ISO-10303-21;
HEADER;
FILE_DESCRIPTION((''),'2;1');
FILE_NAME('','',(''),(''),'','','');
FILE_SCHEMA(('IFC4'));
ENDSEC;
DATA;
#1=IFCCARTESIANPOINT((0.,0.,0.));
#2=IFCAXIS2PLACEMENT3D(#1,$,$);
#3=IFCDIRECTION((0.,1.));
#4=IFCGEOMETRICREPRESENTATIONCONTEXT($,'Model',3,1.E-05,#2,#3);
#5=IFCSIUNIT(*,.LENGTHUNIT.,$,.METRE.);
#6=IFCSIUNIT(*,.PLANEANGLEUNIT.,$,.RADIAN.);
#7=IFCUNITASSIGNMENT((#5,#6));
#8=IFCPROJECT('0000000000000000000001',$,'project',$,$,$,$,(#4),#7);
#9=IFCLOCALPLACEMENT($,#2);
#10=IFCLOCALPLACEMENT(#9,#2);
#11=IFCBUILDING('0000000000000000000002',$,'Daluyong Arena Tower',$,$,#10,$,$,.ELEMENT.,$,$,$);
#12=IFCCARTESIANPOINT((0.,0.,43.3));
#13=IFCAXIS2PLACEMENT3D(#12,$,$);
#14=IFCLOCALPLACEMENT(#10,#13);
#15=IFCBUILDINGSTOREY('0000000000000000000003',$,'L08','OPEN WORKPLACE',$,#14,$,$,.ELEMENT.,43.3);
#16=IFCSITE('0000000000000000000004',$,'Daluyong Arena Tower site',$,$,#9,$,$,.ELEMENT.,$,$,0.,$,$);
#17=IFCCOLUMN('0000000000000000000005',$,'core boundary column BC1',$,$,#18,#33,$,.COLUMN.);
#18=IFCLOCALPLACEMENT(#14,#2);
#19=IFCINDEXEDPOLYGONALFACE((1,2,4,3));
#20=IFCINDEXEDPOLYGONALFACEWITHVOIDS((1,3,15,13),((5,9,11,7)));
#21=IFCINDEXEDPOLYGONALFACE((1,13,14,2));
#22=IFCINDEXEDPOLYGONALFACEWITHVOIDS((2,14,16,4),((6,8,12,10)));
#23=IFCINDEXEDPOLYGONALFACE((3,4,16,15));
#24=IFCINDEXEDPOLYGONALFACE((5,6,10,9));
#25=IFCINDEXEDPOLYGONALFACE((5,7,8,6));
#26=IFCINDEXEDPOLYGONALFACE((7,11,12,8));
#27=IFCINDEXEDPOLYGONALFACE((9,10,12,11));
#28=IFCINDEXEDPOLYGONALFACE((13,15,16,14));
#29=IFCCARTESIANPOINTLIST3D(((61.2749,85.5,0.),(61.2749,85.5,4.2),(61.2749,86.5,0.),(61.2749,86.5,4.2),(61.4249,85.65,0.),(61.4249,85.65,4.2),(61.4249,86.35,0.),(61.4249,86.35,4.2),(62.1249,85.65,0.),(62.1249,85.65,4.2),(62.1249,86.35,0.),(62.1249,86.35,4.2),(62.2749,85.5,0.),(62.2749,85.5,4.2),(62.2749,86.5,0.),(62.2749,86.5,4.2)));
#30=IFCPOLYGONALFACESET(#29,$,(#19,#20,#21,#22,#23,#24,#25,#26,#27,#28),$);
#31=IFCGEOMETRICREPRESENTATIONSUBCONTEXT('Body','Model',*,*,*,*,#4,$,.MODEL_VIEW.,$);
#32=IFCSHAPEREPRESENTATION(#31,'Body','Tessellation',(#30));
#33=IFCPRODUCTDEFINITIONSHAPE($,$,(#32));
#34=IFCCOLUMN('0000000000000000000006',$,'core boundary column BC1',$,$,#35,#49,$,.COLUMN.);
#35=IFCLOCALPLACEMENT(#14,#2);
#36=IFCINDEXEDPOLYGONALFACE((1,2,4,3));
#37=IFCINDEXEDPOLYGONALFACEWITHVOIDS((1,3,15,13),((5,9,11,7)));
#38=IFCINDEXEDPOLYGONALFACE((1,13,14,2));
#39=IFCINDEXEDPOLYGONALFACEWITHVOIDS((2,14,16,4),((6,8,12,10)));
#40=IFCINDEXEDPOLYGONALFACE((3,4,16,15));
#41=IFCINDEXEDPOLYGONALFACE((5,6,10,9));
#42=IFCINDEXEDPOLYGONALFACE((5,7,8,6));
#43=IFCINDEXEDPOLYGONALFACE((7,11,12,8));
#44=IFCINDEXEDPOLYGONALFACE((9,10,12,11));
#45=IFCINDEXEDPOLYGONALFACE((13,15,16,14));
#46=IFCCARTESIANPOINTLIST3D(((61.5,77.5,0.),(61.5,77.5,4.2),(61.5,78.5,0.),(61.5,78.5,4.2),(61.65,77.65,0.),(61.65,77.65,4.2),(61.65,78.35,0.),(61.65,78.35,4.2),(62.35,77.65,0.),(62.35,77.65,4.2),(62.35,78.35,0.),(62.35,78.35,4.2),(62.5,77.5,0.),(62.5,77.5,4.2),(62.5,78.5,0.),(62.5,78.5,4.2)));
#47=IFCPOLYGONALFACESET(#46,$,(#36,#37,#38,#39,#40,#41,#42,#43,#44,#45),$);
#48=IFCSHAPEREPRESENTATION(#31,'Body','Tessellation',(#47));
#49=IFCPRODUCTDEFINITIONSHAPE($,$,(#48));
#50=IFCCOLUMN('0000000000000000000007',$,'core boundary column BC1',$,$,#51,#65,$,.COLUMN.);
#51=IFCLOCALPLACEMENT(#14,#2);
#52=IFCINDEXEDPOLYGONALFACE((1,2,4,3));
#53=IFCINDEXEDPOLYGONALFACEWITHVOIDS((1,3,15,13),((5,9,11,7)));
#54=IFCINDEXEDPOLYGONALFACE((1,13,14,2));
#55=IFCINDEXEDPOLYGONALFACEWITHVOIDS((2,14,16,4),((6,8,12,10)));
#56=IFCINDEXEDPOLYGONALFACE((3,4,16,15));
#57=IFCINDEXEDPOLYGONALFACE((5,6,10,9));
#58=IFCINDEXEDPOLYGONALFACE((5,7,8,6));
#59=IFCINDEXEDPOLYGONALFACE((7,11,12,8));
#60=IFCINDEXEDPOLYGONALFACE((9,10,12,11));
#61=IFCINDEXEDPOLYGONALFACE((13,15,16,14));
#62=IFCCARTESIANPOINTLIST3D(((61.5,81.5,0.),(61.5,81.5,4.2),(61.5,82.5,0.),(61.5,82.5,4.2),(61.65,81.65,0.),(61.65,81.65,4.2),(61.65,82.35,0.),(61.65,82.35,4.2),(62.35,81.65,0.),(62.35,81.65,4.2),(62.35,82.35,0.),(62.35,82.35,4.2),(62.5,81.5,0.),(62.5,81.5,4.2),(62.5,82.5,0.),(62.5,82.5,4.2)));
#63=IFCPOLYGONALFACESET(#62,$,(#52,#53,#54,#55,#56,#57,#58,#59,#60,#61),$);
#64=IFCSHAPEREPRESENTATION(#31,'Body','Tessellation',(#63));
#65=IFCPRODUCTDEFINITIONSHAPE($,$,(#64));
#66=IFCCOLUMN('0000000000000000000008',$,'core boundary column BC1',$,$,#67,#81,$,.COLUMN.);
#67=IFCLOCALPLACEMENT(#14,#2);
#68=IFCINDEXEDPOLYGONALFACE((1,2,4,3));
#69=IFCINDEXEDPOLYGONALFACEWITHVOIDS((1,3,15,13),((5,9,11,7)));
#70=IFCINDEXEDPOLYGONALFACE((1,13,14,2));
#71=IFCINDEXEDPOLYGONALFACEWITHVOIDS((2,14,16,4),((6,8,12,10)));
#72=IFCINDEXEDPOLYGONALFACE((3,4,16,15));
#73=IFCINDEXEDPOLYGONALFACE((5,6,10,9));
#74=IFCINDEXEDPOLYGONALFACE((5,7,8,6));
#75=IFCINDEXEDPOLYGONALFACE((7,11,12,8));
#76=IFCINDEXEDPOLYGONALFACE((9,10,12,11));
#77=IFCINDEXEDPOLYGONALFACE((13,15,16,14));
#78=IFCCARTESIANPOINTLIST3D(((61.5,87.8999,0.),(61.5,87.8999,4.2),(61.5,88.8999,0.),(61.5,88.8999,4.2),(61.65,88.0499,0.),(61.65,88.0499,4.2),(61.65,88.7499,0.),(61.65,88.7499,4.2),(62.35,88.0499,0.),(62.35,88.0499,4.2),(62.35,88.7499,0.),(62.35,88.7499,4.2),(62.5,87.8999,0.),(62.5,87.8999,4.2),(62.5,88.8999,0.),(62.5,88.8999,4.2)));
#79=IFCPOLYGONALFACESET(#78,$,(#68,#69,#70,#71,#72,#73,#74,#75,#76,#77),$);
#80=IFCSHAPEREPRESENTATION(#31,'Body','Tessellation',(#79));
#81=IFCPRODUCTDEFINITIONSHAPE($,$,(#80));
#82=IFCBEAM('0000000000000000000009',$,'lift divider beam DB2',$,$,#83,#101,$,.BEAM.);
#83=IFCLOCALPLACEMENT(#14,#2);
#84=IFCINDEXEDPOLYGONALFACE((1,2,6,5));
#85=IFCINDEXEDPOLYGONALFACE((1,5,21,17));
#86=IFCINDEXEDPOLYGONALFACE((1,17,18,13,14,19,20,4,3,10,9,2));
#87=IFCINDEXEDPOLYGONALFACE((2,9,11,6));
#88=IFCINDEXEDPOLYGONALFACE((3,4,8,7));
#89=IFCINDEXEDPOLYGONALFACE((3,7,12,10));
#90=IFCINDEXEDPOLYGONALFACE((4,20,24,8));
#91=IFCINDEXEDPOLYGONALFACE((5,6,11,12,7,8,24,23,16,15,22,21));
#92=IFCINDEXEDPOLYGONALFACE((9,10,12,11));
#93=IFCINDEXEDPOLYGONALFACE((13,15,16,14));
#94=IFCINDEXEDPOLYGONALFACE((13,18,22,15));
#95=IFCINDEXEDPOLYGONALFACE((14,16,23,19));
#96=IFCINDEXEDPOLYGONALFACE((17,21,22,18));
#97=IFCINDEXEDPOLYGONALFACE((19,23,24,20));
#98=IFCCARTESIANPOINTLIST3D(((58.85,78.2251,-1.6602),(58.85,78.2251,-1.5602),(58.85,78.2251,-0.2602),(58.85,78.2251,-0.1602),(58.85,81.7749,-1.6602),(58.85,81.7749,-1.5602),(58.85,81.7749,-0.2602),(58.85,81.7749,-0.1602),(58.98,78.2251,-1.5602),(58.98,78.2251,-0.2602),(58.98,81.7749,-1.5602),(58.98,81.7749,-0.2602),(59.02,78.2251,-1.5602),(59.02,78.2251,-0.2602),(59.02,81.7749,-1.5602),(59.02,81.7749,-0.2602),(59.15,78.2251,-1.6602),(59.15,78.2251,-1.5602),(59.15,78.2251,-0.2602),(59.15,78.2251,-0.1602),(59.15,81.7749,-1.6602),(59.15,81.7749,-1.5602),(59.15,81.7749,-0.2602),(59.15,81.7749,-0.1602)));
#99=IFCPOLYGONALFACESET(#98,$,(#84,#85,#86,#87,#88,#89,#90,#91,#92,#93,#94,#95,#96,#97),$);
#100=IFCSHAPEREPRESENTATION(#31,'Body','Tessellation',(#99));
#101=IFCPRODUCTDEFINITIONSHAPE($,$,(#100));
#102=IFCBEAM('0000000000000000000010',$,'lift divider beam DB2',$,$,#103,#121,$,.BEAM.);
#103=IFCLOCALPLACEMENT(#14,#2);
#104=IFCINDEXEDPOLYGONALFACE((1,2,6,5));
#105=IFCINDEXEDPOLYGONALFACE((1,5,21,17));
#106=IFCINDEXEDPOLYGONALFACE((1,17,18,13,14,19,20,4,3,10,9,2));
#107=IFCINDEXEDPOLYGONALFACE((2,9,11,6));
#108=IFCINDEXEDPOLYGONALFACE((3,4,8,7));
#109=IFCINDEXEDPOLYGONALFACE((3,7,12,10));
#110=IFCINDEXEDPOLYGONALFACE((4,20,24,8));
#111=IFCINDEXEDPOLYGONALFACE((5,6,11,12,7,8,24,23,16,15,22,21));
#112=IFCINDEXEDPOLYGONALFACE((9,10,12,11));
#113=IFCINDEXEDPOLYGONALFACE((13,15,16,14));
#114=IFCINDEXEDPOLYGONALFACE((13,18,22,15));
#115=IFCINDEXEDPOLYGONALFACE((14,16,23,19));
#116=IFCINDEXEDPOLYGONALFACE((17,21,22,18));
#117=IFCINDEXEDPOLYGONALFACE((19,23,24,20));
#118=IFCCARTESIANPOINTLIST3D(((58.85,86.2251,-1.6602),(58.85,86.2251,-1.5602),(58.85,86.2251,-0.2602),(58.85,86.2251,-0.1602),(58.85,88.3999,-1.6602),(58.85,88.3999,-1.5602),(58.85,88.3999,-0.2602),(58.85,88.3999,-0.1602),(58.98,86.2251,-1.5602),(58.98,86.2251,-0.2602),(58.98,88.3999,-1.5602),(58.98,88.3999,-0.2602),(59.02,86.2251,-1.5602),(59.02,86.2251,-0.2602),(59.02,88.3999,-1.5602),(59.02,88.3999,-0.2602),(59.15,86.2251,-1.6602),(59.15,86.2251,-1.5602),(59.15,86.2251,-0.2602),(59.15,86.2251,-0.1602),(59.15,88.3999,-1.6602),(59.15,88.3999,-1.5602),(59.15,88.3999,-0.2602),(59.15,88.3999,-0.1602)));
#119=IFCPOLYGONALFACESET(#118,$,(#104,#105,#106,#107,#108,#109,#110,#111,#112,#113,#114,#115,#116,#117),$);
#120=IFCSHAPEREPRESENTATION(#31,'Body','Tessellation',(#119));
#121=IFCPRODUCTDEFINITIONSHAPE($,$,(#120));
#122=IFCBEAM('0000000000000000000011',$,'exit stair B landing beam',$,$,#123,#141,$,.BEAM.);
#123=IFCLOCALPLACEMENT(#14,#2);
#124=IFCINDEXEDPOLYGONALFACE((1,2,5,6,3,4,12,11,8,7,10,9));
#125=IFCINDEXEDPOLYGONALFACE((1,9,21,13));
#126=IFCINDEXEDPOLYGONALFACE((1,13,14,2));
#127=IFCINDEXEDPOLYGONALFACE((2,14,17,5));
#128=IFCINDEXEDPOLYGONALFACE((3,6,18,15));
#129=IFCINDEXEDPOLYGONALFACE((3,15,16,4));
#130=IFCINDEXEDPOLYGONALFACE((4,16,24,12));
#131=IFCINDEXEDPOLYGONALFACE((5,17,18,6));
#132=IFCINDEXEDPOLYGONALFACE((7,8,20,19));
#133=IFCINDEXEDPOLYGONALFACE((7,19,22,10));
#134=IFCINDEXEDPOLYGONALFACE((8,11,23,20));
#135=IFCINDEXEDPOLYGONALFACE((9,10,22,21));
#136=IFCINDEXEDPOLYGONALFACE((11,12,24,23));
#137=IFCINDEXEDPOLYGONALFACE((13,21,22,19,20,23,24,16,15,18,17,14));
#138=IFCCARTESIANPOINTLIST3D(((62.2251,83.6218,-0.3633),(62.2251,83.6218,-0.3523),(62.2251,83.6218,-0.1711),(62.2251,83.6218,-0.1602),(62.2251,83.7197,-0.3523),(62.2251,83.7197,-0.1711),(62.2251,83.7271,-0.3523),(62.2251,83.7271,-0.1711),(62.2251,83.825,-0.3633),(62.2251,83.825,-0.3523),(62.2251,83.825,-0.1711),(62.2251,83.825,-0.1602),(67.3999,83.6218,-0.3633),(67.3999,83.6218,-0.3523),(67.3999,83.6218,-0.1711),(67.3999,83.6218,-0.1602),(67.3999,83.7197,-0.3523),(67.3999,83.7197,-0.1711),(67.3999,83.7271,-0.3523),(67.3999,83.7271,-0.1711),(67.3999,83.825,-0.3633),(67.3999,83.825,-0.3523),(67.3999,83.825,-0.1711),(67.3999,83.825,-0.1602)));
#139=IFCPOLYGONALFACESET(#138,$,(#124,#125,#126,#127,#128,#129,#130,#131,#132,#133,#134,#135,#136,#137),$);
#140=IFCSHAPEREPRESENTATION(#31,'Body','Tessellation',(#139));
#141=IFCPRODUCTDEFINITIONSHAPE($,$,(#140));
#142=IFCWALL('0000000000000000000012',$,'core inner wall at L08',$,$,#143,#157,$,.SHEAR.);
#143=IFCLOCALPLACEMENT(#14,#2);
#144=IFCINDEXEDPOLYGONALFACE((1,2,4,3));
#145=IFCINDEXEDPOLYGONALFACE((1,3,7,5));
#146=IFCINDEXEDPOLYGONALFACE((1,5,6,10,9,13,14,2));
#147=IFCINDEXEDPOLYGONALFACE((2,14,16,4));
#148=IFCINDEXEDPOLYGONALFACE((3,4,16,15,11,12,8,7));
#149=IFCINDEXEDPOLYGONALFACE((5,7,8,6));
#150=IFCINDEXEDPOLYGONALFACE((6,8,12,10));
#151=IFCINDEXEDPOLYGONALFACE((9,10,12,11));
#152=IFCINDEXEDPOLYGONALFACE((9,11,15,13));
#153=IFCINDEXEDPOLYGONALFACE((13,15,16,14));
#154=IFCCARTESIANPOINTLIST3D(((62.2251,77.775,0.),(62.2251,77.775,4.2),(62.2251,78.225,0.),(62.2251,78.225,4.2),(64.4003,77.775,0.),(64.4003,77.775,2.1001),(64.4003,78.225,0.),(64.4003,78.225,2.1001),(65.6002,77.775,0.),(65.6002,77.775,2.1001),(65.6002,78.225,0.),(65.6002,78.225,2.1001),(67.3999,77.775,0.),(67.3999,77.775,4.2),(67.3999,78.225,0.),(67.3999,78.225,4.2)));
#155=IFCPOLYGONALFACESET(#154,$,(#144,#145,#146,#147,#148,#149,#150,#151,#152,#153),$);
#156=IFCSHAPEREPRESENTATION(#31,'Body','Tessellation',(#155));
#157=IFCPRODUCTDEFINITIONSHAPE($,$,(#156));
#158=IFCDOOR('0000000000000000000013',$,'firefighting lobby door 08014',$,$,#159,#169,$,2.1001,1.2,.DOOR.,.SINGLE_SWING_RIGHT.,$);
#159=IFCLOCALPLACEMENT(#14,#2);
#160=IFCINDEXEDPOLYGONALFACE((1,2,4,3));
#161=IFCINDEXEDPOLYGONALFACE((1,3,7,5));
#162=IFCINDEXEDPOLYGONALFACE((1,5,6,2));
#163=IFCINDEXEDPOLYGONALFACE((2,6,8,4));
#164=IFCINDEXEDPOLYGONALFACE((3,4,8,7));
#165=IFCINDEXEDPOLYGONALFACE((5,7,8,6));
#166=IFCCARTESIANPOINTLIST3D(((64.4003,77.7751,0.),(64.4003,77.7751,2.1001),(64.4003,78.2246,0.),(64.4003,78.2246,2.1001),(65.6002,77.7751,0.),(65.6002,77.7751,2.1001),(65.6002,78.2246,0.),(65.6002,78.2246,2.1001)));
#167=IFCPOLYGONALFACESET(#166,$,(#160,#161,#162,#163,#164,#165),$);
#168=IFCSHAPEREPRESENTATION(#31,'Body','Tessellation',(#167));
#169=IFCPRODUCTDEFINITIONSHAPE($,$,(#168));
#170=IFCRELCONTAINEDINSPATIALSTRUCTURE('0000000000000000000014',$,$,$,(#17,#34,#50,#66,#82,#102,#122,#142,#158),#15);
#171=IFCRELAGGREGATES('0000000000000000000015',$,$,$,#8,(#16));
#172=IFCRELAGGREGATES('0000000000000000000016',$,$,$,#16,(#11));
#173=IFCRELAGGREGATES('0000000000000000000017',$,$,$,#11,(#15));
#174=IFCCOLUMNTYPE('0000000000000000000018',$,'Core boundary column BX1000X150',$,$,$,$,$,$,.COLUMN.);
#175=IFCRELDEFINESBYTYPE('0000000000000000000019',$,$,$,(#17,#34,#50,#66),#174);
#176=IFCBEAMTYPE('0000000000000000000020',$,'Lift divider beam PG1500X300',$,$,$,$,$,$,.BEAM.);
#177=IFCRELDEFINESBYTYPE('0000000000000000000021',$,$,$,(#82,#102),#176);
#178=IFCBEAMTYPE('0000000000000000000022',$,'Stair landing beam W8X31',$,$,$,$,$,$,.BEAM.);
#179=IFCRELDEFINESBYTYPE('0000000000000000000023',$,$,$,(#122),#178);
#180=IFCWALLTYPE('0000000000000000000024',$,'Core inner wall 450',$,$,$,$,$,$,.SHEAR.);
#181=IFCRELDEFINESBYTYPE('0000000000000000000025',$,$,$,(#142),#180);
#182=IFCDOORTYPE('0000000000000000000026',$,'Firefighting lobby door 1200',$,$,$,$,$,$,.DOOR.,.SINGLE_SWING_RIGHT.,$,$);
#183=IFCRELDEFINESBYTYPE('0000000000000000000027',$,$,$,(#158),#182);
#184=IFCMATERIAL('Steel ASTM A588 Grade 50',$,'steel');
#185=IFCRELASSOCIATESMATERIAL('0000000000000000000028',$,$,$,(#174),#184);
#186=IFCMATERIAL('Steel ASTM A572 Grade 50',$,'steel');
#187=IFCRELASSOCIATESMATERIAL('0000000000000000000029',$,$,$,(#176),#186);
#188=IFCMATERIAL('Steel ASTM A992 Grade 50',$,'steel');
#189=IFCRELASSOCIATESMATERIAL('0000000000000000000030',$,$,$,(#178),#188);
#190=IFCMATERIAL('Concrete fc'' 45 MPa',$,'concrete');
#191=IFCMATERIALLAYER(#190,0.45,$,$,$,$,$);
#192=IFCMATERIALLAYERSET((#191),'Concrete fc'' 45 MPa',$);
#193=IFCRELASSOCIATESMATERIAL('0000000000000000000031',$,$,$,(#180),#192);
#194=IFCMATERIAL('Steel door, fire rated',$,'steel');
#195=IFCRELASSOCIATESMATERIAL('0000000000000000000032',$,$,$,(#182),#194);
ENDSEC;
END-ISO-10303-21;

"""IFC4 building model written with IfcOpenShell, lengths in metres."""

from ifc_helpers import new_model, si_unit, direction, frame, frame_2d, origin, origin_2d, place, context, subcontext, project, spatial, rectangle, hollow_rectangle, i_section, extrude, material, layer, layer_set, material_profile, profile_set, type_object, element, fill, save


model = new_model("IFC4")

# Units and contexts
model_context = context("Model", 3, precision=1e-05, world=origin(), true_north=direction((0.0, 1.0)))
body_context = subcontext(model_context, "Body", "Model", "MODEL_VIEW")
ifc_project = project(units=[si_unit("LENGTHUNIT", "METRE"), si_unit("PLANEANGLEUNIT", "RADIAN")], contexts=[model_context])

# Site, building, storey
site_placement = place(None, origin())
site = spatial("IfcSite", under=ifc_project, at=site_placement, Name="Daluyong Arena Tower site", CompositionType="ELEMENT", RefElevation=0.0)
building_placement = place(site_placement, origin())
building = spatial("IfcBuilding", under=site, at=building_placement, Name="Daluyong Arena Tower", CompositionType="ELEMENT")
storey_placement = place(building_placement, frame((0.0, 0.0, 43.3)))
storey = spatial("IfcBuildingStorey", under=building, at=storey_placement, Name="L08", Description="OPEN WORKPLACE", CompositionType="ELEMENT", Elevation=43.3)

# Columns
ifc_material_1 = material(Name="Steel ASTM A588 Grade 50", Category="steel")
ifc_material_profile_1 = material_profile(ifc_material_1, hollow_rectangle(XDim=1.0, YDim=1.0, WallThickness=0.15, at=origin_2d()))
ifc_profile_set_1 = profile_set([ifc_material_profile_1], Name="Steel ASTM A588 Grade 50")
column_type = type_object("IfcColumnType", Name="Core boundary column BX1000X150", PredefinedType="COLUMN", material=ifc_profile_set_1)
for number, where, z_axis, x_axis, name in (
    (1, (61.7749, 86.0, 0.0), (0.0, 0.0, 1.0), (1.0, 0.0, 0.0), "core boundary column BC1"),
    (2, (62.0, 78.0, 0.0), (0.0, 0.0, 1.0), (1.0, 0.0, 0.0), "core boundary column BC1"),
    (3, (62.0, 82.0, 0.0), (0.0, 0.0, 1.0), (1.0, 0.0, 0.0), "core boundary column BC1"),
    (4, (62.0, 88.3999, 0.0), (0.0, 0.0, 1.0), (1.0, 0.0, 0.0), "core boundary column BC1"),
):
    element("IfcColumn", number, at=place(storey_placement, frame(where, z_axis=z_axis, x_axis=x_axis)), inside=storey, type_object=column_type, Name=name, PredefinedType="COLUMN", context=body_context, shape_type="SweptSolid", body=[
        extrude(hollow_rectangle(XDim=1.0, YDim=1.0, WallThickness=0.15, at=origin_2d()), origin(), (0.0, 0.0, 1.0), 4.2),
    ])

# Beams
ifc_material_2 = material(Name="Steel ASTM A572 Grade 50", Category="steel")
ifc_material_profile_2 = material_profile(ifc_material_2, i_section(OverallWidth=0.3, OverallDepth=1.5, WebThickness=0.04, FlangeThickness=0.1, at=origin_2d()))
ifc_profile_set_2 = profile_set([ifc_material_profile_2], Name="Steel ASTM A572 Grade 50")
beam_type_1 = type_object("IfcBeamType", Name="Lift divider beam PG1500X300", PredefinedType="BEAM", material=ifc_profile_set_2)
beam_1_placement = place(storey_placement, frame((59.0, 78.2251, -0.9102), z_axis=(0.0, 1.0, 0.0), x_axis=(-1.0, 0.0, 0.0)))
element("IfcBeam", 5, at=beam_1_placement, inside=storey, type_object=beam_type_1, Name="lift divider beam DB2", PredefinedType="BEAM", context=body_context, shape_type="SweptSolid", body=[
    extrude(i_section(OverallWidth=0.3, OverallDepth=1.5, WebThickness=0.04, FlangeThickness=0.1, at=origin_2d()), origin(), (0.0, 0.0, 1.0), 3.5498),
])
beam_2_placement = place(storey_placement, frame((59.0, 86.2251, -0.9102), z_axis=(0.0, 1.0, 0.0), x_axis=(-1.0, 0.0, 0.0)))
element("IfcBeam", 6, at=beam_2_placement, inside=storey, type_object=beam_type_1, Name="lift divider beam DB2", PredefinedType="BEAM", context=body_context, shape_type="SweptSolid", body=[
    extrude(i_section(OverallWidth=0.3, OverallDepth=1.5, WebThickness=0.04, FlangeThickness=0.1, at=origin_2d()), origin(), (0.0, 0.0, 1.0), 2.1748),
])
ifc_material_3 = material(Name="Steel ASTM A992 Grade 50", Category="steel")
ifc_material_profile_3 = material_profile(ifc_material_3, i_section(OverallWidth=0.2031, OverallDepth=0.2031, WebThickness=0.0073, FlangeThickness=0.011, at=origin_2d()))
ifc_profile_set_3 = profile_set([ifc_material_profile_3], Name="Steel ASTM A992 Grade 50")
beam_type_2 = type_object("IfcBeamType", Name="Stair landing beam W8X31", PredefinedType="BEAM", material=ifc_profile_set_3)
beam_3_placement = place(storey_placement, frame((62.2251, 83.7234, -0.2617), z_axis=(1.0, 0.0, 0.0), x_axis=(0.0, 1.0, 0.0)))
element("IfcBeam", 7, at=beam_3_placement, inside=storey, type_object=beam_type_2, Name="exit stair B landing beam", PredefinedType="BEAM", context=body_context, shape_type="SweptSolid", body=[
    extrude(i_section(OverallWidth=0.2031, OverallDepth=0.2031, WebThickness=0.0073, FlangeThickness=0.011, at=origin_2d()), origin(), (0.0, 0.0, 1.0), 5.1748),
])

# Wall, opening, door
ifc_material_4 = material(Name="Concrete fc' 45 MPa", Category="concrete")
ifc_layer_1 = layer(ifc_material_4, 0.45)
ifc_layer_set_1 = layer_set([ifc_layer_1], Name="Concrete fc' 45 MPa")
wall_type_1 = type_object("IfcWallType", Name="Core inner wall 450", PredefinedType="SHEAR", material=ifc_layer_set_1)
wall_1_placement = place(storey_placement, frame((62.2251, 78.0, 0.0), z_axis=(0.0, 0.0, 1.0), x_axis=(1.0, 0.0, 0.0)))
wall_1 = element("IfcWall", 8, at=wall_1_placement, inside=storey, type_object=wall_type_1, Name="core inner wall at L08", PredefinedType="SHEAR", context=body_context, shape_type="SweptSolid", body=[
    extrude(rectangle(XDim=5.1748, YDim=0.45, at=frame_2d((2.5874, 0.0))), origin(), (0.0, 0.0, 1.0), 4.2),
])
opening_1_placement = place(wall_1_placement, frame((2.175, 0.0, 0.0)))
opening_1 = element("IfcOpeningElement", 9, at=opening_1_placement, cuts=wall_1, PredefinedType="OPENING", context=body_context, shape_type="SweptSolid", body=[
    extrude(rectangle(XDim=1.2, YDim=2.1001, at=frame_2d((0.6001, 1.05))), frame((0.0, 0.2349, 0.0), z_axis=(0.0, -1.0, 0.0), x_axis=(1.0, 0.0, 0.0)), (0.0, 0.0, 1.0), 0.47),
])
ifc_material_5 = material(Name="Steel door, fire rated", Category="steel")
door_type_1 = type_object("IfcDoorType", Name="Firefighting lobby door 1200", OperationType="SINGLE_SWING_RIGHT", PredefinedType="DOOR", material=ifc_material_5)
door_1_placement = place(opening_1_placement, origin())
door_1 = element("IfcDoor", 10, at=door_1_placement, inside=storey, type_object=door_type_1, Name="firefighting lobby door 08014", OperationType="SINGLE_SWING_RIGHT", OverallHeight=2.1001, OverallWidth=1.2, PredefinedType="DOOR", context=body_context, shape_type="SweptSolid", body=[
    extrude(rectangle(XDim=1.2, YDim=2.1001, at=frame_2d((0.6001, 1.05))), frame((0.0, 0.2246, 0.0), z_axis=(0.0, -1.0, 0.0), x_axis=(1.0, 0.0, 0.0)), (0.0, 0.0, 1.0), 0.4495),
])
fill(opening_1, door_1)

save(model, "model.ifc")
